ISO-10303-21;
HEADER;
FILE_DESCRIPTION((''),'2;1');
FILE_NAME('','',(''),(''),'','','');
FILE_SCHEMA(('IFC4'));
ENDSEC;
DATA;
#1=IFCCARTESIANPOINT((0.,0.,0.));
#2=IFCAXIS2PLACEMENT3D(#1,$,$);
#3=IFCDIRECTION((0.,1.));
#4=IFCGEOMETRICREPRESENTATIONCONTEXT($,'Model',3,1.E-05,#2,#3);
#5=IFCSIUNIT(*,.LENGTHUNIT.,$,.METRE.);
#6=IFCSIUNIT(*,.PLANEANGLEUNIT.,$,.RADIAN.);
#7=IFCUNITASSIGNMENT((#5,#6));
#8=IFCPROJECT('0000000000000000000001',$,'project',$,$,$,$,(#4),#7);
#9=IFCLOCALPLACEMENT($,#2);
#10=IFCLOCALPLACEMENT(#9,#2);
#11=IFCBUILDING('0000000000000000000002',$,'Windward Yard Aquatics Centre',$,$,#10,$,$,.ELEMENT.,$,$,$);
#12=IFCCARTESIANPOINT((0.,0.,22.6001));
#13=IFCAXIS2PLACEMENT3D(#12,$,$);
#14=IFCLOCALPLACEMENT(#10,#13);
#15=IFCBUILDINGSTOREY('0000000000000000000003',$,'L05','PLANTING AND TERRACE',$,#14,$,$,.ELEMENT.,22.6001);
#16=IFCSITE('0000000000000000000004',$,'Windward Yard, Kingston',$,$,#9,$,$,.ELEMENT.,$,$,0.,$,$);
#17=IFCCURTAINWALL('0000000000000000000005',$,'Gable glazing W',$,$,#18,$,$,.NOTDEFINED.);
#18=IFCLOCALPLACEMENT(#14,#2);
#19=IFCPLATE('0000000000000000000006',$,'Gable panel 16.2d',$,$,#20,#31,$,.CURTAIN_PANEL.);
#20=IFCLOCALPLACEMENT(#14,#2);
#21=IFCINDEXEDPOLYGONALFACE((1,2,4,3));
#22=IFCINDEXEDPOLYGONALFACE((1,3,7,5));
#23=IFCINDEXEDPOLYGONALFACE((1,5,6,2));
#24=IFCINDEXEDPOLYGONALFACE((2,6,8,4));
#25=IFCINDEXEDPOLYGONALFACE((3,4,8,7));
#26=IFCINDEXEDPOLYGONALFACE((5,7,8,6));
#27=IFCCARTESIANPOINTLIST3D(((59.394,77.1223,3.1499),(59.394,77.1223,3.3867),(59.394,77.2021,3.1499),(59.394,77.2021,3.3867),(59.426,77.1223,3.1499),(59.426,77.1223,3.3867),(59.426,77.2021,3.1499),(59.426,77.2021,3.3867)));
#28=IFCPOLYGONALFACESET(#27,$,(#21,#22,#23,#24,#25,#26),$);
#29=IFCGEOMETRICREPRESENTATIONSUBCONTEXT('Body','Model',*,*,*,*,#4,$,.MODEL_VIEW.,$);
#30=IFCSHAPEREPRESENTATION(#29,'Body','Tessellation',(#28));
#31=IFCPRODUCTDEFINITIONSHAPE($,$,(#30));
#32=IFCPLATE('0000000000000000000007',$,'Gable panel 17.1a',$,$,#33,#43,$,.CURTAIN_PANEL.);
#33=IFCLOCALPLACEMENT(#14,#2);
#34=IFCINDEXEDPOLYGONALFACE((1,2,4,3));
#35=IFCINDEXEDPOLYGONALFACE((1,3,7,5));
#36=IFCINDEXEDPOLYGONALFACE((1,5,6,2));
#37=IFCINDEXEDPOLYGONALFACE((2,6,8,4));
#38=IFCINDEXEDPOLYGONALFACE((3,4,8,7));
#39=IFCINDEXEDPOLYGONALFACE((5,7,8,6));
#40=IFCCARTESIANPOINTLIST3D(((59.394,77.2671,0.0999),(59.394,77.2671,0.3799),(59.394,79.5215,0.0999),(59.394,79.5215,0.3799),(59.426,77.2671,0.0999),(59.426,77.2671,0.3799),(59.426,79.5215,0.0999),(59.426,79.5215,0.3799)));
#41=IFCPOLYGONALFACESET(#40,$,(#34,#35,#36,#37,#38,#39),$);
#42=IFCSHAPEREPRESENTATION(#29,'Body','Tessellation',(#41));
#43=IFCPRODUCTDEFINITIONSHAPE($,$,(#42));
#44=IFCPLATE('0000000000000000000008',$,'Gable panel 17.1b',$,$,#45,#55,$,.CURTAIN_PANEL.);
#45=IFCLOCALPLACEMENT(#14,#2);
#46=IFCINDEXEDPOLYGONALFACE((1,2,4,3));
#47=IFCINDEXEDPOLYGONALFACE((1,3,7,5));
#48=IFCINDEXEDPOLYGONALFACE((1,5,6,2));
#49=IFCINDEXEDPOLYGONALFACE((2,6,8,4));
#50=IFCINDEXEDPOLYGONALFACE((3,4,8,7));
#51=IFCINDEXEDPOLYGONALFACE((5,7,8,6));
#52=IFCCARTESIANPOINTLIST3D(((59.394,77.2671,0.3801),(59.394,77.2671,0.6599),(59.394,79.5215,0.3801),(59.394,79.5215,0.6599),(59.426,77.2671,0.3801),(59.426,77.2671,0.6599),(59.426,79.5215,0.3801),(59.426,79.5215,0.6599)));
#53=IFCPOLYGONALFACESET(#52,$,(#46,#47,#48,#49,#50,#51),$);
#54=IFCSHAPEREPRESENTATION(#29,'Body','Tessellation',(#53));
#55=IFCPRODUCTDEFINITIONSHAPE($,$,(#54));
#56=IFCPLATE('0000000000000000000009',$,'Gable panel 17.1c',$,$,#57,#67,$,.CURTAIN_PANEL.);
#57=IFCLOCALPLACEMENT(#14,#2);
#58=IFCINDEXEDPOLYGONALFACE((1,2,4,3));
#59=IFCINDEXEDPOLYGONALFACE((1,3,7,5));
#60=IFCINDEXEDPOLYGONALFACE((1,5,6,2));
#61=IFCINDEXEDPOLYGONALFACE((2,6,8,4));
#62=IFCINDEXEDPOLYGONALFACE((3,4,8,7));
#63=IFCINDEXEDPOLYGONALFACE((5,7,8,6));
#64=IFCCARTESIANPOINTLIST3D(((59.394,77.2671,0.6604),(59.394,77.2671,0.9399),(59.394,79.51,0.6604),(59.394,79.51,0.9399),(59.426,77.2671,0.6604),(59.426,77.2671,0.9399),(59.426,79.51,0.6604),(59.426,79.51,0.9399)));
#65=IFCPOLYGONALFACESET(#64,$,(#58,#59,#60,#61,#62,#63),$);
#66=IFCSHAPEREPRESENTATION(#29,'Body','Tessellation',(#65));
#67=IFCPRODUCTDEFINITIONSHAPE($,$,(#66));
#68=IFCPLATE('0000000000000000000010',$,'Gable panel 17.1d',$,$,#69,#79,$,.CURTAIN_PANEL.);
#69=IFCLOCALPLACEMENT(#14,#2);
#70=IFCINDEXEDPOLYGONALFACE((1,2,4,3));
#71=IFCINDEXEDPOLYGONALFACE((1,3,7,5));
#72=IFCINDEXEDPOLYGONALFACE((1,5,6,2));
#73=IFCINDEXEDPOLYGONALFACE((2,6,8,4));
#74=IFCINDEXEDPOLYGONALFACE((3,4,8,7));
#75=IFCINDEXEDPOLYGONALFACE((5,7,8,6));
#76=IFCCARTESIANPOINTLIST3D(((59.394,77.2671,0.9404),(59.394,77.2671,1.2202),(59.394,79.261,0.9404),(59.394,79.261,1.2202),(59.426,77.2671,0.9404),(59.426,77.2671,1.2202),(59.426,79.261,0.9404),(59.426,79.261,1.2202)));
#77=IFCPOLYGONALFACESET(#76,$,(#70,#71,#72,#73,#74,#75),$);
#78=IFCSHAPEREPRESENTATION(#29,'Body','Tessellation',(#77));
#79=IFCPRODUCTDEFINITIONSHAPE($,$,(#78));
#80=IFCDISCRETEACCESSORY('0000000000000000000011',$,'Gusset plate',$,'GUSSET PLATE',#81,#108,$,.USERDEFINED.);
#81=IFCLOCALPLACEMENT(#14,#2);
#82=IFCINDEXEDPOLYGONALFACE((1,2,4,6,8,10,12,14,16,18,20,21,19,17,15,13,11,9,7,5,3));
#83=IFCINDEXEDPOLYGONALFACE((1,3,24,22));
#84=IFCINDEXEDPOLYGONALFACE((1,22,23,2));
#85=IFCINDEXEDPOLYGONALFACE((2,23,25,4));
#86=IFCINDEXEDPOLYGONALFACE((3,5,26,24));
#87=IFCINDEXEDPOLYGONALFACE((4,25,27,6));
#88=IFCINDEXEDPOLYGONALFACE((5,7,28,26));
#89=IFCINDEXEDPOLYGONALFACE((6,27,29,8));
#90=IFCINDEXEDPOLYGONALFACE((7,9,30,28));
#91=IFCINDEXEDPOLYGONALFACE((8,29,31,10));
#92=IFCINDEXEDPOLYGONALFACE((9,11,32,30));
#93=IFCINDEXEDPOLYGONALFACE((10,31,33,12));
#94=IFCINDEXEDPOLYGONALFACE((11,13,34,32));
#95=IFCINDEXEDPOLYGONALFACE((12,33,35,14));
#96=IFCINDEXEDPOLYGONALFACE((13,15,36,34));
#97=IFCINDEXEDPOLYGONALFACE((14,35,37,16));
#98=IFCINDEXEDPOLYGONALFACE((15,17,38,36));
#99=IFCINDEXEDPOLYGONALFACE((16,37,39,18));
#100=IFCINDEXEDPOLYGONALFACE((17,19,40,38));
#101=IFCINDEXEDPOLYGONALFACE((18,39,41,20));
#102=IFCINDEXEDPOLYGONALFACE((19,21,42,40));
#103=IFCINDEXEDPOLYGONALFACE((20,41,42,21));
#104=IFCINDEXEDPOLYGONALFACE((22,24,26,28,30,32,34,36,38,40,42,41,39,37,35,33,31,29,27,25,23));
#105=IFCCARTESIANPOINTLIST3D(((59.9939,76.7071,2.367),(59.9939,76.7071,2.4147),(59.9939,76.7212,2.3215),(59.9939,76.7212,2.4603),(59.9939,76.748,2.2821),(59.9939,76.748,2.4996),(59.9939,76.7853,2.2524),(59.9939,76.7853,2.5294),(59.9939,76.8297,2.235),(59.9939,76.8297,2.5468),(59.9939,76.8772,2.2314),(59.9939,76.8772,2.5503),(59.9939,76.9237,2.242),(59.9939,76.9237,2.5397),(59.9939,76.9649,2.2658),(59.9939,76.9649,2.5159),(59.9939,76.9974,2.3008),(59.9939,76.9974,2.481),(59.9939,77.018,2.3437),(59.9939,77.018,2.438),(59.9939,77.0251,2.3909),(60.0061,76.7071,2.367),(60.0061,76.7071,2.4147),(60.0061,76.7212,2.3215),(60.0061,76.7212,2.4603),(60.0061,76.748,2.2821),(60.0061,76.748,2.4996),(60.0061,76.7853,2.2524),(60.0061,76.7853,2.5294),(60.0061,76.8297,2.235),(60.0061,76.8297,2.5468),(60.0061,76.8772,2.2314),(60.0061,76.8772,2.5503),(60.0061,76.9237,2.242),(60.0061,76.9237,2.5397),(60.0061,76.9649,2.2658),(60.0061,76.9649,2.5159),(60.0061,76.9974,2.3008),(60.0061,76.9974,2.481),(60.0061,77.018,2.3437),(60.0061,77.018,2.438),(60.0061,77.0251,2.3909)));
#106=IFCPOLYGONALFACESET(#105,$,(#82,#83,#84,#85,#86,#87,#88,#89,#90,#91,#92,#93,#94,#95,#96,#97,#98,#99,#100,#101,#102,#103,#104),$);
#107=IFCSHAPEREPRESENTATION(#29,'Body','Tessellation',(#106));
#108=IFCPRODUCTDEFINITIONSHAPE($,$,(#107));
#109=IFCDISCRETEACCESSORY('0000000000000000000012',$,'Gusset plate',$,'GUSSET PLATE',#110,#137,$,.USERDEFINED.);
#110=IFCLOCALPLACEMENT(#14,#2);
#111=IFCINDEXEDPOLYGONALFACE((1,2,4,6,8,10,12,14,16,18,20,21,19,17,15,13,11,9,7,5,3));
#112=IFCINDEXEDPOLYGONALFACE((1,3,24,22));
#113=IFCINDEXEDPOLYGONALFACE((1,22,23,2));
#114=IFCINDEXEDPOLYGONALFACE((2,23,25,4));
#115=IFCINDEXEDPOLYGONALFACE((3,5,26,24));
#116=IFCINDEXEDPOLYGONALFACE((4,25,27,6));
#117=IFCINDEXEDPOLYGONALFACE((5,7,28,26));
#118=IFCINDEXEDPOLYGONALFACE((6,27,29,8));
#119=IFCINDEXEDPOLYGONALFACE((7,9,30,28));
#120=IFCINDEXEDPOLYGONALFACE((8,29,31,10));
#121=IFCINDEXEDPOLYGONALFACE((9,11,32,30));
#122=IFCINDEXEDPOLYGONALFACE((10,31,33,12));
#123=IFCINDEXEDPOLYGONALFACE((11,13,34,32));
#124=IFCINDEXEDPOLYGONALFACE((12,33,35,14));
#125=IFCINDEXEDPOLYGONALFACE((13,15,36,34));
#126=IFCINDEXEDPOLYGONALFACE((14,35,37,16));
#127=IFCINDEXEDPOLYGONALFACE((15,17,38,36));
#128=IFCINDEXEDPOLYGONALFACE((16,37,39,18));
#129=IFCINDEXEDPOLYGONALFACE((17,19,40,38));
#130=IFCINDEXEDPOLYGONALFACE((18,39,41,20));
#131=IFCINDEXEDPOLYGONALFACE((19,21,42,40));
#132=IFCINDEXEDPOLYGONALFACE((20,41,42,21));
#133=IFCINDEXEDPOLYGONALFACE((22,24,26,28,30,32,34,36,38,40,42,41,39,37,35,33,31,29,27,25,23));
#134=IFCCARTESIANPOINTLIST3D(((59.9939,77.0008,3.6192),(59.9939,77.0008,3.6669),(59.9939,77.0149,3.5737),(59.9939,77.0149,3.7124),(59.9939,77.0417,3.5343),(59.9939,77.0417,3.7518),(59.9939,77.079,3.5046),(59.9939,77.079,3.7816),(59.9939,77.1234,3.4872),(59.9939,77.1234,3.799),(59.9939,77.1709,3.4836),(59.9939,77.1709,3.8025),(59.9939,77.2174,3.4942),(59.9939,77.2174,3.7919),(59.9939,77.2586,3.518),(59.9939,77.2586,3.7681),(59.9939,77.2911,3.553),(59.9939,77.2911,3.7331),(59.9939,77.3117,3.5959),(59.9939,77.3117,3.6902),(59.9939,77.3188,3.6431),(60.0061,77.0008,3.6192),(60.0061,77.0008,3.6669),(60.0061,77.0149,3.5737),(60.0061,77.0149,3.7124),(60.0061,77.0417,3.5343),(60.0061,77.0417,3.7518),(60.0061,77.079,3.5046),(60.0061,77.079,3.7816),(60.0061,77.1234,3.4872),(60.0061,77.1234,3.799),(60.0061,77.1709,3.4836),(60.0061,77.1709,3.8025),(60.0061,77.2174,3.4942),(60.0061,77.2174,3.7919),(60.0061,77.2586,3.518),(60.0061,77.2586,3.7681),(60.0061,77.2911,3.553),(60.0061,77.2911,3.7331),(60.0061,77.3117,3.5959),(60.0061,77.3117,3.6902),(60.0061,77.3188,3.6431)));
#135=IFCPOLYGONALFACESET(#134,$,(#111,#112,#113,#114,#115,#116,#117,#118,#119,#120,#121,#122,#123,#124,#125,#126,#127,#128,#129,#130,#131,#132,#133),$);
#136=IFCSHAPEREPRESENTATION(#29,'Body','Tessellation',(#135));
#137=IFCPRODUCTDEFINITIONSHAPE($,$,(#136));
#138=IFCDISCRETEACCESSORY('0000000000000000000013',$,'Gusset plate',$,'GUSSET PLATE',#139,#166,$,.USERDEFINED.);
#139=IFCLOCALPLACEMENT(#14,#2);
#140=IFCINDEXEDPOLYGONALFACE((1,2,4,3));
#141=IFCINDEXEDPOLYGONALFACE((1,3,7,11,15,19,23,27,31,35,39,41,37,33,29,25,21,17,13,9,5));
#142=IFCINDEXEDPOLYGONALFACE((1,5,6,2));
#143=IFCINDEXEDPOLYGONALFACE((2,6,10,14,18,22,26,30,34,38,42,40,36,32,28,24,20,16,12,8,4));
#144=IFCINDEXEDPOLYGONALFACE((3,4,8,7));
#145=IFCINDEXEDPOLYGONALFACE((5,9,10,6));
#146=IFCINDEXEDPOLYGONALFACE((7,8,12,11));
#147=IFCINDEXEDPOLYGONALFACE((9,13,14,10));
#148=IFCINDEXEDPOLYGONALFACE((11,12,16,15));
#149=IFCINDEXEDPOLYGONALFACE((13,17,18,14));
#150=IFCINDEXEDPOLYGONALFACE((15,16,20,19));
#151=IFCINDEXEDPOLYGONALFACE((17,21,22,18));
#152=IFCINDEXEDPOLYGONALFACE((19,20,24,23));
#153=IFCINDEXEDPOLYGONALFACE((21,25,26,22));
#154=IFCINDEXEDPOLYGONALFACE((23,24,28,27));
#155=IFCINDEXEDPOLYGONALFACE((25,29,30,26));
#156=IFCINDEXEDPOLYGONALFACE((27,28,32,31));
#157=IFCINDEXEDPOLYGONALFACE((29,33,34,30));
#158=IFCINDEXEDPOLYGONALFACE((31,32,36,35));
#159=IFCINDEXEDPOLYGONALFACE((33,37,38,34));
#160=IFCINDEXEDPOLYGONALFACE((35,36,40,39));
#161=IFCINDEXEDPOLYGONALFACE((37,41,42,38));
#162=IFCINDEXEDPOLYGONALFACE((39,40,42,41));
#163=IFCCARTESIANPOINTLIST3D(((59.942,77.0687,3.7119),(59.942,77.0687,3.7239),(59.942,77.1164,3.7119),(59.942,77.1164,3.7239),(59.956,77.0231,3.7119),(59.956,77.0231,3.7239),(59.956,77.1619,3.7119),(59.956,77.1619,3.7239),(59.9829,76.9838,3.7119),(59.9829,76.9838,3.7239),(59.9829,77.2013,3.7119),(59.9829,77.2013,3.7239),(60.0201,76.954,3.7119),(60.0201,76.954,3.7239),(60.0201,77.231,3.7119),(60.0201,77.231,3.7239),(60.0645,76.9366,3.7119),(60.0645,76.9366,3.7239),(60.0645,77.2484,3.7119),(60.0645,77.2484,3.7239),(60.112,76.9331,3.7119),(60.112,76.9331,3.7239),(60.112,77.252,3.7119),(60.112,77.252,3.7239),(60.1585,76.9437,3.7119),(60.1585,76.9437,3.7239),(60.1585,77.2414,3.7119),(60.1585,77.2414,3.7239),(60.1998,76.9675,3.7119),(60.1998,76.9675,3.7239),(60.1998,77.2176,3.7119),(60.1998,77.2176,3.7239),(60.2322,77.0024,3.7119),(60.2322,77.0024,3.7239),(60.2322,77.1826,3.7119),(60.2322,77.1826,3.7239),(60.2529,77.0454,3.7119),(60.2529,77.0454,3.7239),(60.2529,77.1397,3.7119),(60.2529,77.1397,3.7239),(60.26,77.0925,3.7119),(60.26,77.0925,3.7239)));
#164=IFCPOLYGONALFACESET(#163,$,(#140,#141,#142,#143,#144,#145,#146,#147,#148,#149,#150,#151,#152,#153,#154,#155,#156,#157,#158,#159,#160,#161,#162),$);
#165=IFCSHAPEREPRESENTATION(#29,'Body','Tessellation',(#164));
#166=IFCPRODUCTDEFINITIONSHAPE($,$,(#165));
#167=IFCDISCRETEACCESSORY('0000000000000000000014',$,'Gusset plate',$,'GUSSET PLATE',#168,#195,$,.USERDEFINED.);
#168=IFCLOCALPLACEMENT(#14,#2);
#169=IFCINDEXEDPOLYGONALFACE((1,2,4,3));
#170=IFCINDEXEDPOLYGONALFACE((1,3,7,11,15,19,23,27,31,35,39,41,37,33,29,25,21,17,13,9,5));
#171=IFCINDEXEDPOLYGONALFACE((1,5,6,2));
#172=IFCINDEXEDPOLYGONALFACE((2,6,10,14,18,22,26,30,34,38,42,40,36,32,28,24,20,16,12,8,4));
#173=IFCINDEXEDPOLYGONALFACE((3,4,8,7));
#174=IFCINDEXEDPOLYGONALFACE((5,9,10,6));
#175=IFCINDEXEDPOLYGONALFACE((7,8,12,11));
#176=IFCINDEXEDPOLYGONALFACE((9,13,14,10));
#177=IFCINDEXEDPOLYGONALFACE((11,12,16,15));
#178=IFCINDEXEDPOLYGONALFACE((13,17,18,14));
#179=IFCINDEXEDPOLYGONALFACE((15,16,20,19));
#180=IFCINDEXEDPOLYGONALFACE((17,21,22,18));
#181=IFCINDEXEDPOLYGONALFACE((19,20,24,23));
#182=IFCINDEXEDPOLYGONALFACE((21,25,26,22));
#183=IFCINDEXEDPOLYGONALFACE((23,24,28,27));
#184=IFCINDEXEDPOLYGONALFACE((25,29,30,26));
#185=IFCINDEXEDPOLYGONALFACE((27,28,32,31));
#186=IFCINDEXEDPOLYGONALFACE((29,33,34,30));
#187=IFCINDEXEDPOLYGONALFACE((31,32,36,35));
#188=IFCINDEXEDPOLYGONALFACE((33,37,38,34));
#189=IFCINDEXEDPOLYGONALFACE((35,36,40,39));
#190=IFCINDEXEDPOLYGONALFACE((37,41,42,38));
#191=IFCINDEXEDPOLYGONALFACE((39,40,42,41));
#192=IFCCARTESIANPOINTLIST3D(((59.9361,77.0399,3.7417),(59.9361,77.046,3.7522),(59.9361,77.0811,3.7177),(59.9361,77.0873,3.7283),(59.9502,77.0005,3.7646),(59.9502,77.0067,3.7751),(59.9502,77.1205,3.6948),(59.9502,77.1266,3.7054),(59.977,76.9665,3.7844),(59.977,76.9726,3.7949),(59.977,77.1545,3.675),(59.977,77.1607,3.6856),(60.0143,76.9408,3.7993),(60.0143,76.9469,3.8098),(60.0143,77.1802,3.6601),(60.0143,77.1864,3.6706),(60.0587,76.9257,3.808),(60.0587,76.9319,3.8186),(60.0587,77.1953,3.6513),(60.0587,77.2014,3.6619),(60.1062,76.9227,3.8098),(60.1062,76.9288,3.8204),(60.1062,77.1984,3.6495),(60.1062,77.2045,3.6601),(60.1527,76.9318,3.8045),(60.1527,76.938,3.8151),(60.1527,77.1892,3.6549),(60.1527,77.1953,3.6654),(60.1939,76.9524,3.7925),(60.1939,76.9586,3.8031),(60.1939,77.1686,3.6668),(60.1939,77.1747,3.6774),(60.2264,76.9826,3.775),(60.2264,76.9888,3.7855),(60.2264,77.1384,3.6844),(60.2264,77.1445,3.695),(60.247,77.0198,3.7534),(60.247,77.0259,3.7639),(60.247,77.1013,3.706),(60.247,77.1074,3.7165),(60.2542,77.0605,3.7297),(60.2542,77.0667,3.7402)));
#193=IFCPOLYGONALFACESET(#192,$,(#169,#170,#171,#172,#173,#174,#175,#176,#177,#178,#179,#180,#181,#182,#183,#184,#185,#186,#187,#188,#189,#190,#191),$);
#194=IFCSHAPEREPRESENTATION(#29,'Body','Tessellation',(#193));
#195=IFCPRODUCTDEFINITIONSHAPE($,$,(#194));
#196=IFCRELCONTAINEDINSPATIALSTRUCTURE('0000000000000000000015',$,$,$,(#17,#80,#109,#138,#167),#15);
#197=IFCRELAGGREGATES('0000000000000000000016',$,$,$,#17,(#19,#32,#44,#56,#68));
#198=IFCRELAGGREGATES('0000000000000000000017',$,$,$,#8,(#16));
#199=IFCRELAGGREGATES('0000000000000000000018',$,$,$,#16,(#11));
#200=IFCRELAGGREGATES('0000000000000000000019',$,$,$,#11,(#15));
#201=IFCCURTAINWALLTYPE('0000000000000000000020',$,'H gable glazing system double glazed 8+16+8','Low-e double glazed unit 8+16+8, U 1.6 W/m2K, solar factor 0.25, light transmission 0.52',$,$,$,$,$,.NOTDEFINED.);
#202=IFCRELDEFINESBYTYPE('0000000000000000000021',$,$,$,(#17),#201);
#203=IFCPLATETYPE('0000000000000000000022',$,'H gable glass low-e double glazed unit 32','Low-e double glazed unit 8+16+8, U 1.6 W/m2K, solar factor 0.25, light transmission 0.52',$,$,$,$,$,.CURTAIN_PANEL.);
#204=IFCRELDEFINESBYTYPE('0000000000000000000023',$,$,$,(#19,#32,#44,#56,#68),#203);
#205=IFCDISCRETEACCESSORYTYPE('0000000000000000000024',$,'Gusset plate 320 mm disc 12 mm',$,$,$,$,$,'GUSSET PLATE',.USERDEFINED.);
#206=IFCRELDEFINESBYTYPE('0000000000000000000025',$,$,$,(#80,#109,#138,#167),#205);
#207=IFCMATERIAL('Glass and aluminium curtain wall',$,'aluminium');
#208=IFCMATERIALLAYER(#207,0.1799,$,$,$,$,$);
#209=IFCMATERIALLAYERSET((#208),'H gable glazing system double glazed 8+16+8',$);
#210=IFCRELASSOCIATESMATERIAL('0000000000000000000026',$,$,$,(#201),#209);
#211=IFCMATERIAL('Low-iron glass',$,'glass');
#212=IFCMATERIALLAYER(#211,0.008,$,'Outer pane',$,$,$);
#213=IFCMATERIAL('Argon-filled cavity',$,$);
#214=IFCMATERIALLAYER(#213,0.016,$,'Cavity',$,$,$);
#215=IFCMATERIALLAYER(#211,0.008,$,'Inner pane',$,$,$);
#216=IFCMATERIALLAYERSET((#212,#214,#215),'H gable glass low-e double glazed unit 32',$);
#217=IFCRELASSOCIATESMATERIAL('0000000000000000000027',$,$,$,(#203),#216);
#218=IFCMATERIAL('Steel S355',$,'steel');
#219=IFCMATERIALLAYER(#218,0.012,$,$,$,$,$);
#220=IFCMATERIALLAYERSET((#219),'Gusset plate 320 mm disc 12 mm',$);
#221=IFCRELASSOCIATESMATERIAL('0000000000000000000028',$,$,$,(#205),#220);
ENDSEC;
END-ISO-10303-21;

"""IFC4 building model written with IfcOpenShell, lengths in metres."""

from ifc_helpers import new_model, si_unit, direction, frame, origin, origin_2d, place, context, subcontext, project, spatial, polyline, circle, outline, extrude, material, layer, layer_set, type_object, element, aggregate, save


model = new_model("IFC4")

# Units and contexts
model_context = context("Model", 3, precision=1e-05, world=origin(), true_north=direction((0.0, 1.0)))
body_context = subcontext(model_context, "Body", "Model", "MODEL_VIEW")
ifc_project = project(units=[si_unit("LENGTHUNIT", "METRE"), si_unit("PLANEANGLEUNIT", "RADIAN")], contexts=[model_context])

# Site, building, storey
site_placement = place(None, origin())
site = spatial("IfcSite", under=ifc_project, at=site_placement, Name="Windward Yard, Kingston", CompositionType="ELEMENT", RefElevation=0.0)
building_placement = place(site_placement, origin())
building = spatial("IfcBuilding", under=site, at=building_placement, Name="Windward Yard Aquatics Centre", CompositionType="ELEMENT")
storey_placement = place(building_placement, frame((0.0, 0.0, 22.6001)))
storey = spatial("IfcBuildingStorey", under=building, at=storey_placement, Name="L05", Description="PLANTING AND TERRACE", CompositionType="ELEMENT", Elevation=22.6001)

# Curtain wall, plates
ifc_material_1 = material(Name="Glass and aluminium curtain wall", Category="aluminium")
ifc_layer_1 = layer(ifc_material_1, 0.1799)
ifc_layer_set_1 = layer_set([ifc_layer_1], Name="H gable glazing system double glazed 8+16+8")
curtain_wall_type = type_object("IfcCurtainWallType", Name="H gable glazing system double glazed 8+16+8", Description="Low-e double glazed unit 8+16+8, U 1.6 W/m2K, solar factor 0.25, light transmission 0.52", PredefinedType="NOTDEFINED", material=ifc_layer_set_1)
curtain_wall_placement = place(storey_placement, origin())
curtain_wall = element("IfcCurtainWall", 1, at=curtain_wall_placement, inside=storey, type_object=curtain_wall_type, Name="Gable glazing W", PredefinedType="NOTDEFINED")
ifc_material_2 = material(Name="Low-iron glass", Category="glass")
ifc_layer_2 = layer(ifc_material_2, 0.008, Name="Outer pane")
ifc_material_3 = material(Name="Argon-filled cavity")
ifc_layer_3 = layer(ifc_material_3, 0.016, Name="Cavity")
ifc_layer_4 = layer(ifc_material_2, 0.008, Name="Inner pane")
ifc_layer_set_2 = layer_set([ifc_layer_2, ifc_layer_3, ifc_layer_4], Name="H gable glass low-e double glazed unit 32")
plate_type = type_object("IfcPlateType", Name="H gable glass low-e double glazed unit 32", Description="Low-e double glazed unit 8+16+8, U 1.6 W/m2K, solar factor 0.25, light transmission 0.52", PredefinedType="CURTAIN_PANEL", material=ifc_layer_set_2)
plate_1_placement = place(storey_placement, frame((59.426, 77.1223, 3.1499), z_axis=(1.0, 0.0, 0.0), x_axis=(0.0, 1.0, 0.0)))
plate_1 = element("IfcPlate", 2, at=plate_1_placement, type_object=plate_type, Name="Gable panel 16.2d", PredefinedType="CURTAIN_PANEL", context=body_context, shape_type="SweptSolid", body=[
    extrude(outline(polyline([(0.0, 0.0), (0.0798, 0.0), (0.0798, 0.2368), (0.0, 0.2368), (0.0, 0.0)])), origin(), (0.0, 0.0, -1.0), 0.032),
])
plate_2_placement = place(storey_placement, frame((59.426, 77.2671, 0.0999), z_axis=(1.0, 0.0, 0.0), x_axis=(0.0, 1.0, 0.0)))
plate_2 = element("IfcPlate", 3, at=plate_2_placement, type_object=plate_type, Name="Gable panel 17.1a", PredefinedType="CURTAIN_PANEL", context=body_context, shape_type="SweptSolid", body=[
    extrude(outline(polyline([(0.0, 0.0), (2.2544, 0.0), (2.2544, 0.28), (0.0, 0.28), (0.0, 0.0)])), origin(), (0.0, 0.0, -1.0), 0.032),
])
plate_3_placement = place(storey_placement, frame((59.426, 77.2671, 0.3801), z_axis=(1.0, 0.0, 0.0), x_axis=(0.0, 1.0, 0.0)))
plate_3 = element("IfcPlate", 4, at=plate_3_placement, type_object=plate_type, Name="Gable panel 17.1b", PredefinedType="CURTAIN_PANEL", context=body_context, shape_type="SweptSolid", body=[
    extrude(outline(polyline([(0.0, 0.0), (2.2544, 0.0), (2.2544, 0.2798), (0.0, 0.2798), (0.0, 0.0)])), origin(), (0.0, 0.0, -1.0), 0.032),
])
plate_4_placement = place(storey_placement, frame((59.426, 77.2671, 0.6604), z_axis=(1.0, 0.0, 0.0), x_axis=(0.0, 1.0, 0.0)))
plate_4 = element("IfcPlate", 5, at=plate_4_placement, type_object=plate_type, Name="Gable panel 17.1c", PredefinedType="CURTAIN_PANEL", context=body_context, shape_type="SweptSolid", body=[
    extrude(outline(polyline([(0.0, 0.0), (2.2429, 0.0), (2.2429, 0.2795), (0.0, 0.2795), (0.0, 0.0)])), origin(), (0.0, 0.0, -1.0), 0.032),
])
plate_5_placement = place(storey_placement, frame((59.426, 77.2671, 0.9404), z_axis=(1.0, 0.0, 0.0), x_axis=(0.0, 1.0, 0.0)))
plate_5 = element("IfcPlate", 6, at=plate_5_placement, type_object=plate_type, Name="Gable panel 17.1d", PredefinedType="CURTAIN_PANEL", context=body_context, shape_type="SweptSolid", body=[
    extrude(outline(polyline([(0.0, 0.0), (1.9939, 0.0), (1.9939, 0.2798), (0.0, 0.2798), (0.0, 0.0)])), origin(), (0.0, 0.0, -1.0), 0.032),
])

# Discrete accessories
ifc_material_4 = material(Name="Steel S355", Category="steel")
ifc_layer_5 = layer(ifc_material_4, 0.012)
ifc_layer_set_3 = layer_set([ifc_layer_5], Name="Gusset plate 320 mm disc 12 mm")
discrete_accessory_type = type_object("IfcDiscreteAccessoryType", Name="Gusset plate 320 mm disc 12 mm", ElementType="GUSSET PLATE", PredefinedType="USERDEFINED", material=ifc_layer_set_3)
for number, where, z_axis, x_axis, name in (
    (7, (59.9939, 76.8652, 2.3909), (1.0, 0.0, 0.0), (0.0, 1.0, 0.0), "Gusset plate"),
    (8, (59.9939, 77.1589, 3.6431), (1.0, 0.0, 0.0), (0.0, 1.0, 0.0), "Gusset plate"),
):
    element("IfcDiscreteAccessory", number, at=place(storey_placement, frame(where, z_axis=z_axis, x_axis=x_axis)), inside=storey, type_object=discrete_accessory_type, Name=name, ObjectType="GUSSET PLATE", PredefinedType="USERDEFINED", context=body_context, shape_type="SweptSolid", body=[
        extrude(circle(Radius=0.1599, at=origin_2d()), origin(), (0.0, 0.0, 1.0), 0.0122),
    ])
discrete_accessory_1_placement = place(storey_placement, frame((60.1001, 77.0925, 3.7119), z_axis=(0.0, 0.0, 1.0), x_axis=(1.0, 0.0, 0.0)))
element("IfcDiscreteAccessory", 9, at=discrete_accessory_1_placement, inside=storey, type_object=discrete_accessory_type, Name="Gusset plate", ObjectType="GUSSET PLATE", PredefinedType="USERDEFINED", context=body_context, shape_type="SweptSolid", body=[
    extrude(circle(Radius=0.1599, at=origin_2d()), origin(), (0.0, 0.0, 1.0), 0.012),
])
discrete_accessory_2_placement = place(storey_placement, frame((60.0942, 77.0667, 3.7402), z_axis=(0.0, -0.50262, -0.864507), x_axis=(1.0, 0.0, 0.0)))
element("IfcDiscreteAccessory", 10, at=discrete_accessory_2_placement, inside=storey, type_object=discrete_accessory_type, Name="Gusset plate", ObjectType="GUSSET PLATE", PredefinedType="USERDEFINED", context=body_context, shape_type="SweptSolid", body=[
    extrude(circle(Radius=0.1599, at=origin_2d()), origin(), (0.0, 0.0, 1.0), 0.0122),
])

aggregate(curtain_wall, [plate_1, plate_2, plate_3, plate_4, plate_5])

save(model, "model.ifc")
